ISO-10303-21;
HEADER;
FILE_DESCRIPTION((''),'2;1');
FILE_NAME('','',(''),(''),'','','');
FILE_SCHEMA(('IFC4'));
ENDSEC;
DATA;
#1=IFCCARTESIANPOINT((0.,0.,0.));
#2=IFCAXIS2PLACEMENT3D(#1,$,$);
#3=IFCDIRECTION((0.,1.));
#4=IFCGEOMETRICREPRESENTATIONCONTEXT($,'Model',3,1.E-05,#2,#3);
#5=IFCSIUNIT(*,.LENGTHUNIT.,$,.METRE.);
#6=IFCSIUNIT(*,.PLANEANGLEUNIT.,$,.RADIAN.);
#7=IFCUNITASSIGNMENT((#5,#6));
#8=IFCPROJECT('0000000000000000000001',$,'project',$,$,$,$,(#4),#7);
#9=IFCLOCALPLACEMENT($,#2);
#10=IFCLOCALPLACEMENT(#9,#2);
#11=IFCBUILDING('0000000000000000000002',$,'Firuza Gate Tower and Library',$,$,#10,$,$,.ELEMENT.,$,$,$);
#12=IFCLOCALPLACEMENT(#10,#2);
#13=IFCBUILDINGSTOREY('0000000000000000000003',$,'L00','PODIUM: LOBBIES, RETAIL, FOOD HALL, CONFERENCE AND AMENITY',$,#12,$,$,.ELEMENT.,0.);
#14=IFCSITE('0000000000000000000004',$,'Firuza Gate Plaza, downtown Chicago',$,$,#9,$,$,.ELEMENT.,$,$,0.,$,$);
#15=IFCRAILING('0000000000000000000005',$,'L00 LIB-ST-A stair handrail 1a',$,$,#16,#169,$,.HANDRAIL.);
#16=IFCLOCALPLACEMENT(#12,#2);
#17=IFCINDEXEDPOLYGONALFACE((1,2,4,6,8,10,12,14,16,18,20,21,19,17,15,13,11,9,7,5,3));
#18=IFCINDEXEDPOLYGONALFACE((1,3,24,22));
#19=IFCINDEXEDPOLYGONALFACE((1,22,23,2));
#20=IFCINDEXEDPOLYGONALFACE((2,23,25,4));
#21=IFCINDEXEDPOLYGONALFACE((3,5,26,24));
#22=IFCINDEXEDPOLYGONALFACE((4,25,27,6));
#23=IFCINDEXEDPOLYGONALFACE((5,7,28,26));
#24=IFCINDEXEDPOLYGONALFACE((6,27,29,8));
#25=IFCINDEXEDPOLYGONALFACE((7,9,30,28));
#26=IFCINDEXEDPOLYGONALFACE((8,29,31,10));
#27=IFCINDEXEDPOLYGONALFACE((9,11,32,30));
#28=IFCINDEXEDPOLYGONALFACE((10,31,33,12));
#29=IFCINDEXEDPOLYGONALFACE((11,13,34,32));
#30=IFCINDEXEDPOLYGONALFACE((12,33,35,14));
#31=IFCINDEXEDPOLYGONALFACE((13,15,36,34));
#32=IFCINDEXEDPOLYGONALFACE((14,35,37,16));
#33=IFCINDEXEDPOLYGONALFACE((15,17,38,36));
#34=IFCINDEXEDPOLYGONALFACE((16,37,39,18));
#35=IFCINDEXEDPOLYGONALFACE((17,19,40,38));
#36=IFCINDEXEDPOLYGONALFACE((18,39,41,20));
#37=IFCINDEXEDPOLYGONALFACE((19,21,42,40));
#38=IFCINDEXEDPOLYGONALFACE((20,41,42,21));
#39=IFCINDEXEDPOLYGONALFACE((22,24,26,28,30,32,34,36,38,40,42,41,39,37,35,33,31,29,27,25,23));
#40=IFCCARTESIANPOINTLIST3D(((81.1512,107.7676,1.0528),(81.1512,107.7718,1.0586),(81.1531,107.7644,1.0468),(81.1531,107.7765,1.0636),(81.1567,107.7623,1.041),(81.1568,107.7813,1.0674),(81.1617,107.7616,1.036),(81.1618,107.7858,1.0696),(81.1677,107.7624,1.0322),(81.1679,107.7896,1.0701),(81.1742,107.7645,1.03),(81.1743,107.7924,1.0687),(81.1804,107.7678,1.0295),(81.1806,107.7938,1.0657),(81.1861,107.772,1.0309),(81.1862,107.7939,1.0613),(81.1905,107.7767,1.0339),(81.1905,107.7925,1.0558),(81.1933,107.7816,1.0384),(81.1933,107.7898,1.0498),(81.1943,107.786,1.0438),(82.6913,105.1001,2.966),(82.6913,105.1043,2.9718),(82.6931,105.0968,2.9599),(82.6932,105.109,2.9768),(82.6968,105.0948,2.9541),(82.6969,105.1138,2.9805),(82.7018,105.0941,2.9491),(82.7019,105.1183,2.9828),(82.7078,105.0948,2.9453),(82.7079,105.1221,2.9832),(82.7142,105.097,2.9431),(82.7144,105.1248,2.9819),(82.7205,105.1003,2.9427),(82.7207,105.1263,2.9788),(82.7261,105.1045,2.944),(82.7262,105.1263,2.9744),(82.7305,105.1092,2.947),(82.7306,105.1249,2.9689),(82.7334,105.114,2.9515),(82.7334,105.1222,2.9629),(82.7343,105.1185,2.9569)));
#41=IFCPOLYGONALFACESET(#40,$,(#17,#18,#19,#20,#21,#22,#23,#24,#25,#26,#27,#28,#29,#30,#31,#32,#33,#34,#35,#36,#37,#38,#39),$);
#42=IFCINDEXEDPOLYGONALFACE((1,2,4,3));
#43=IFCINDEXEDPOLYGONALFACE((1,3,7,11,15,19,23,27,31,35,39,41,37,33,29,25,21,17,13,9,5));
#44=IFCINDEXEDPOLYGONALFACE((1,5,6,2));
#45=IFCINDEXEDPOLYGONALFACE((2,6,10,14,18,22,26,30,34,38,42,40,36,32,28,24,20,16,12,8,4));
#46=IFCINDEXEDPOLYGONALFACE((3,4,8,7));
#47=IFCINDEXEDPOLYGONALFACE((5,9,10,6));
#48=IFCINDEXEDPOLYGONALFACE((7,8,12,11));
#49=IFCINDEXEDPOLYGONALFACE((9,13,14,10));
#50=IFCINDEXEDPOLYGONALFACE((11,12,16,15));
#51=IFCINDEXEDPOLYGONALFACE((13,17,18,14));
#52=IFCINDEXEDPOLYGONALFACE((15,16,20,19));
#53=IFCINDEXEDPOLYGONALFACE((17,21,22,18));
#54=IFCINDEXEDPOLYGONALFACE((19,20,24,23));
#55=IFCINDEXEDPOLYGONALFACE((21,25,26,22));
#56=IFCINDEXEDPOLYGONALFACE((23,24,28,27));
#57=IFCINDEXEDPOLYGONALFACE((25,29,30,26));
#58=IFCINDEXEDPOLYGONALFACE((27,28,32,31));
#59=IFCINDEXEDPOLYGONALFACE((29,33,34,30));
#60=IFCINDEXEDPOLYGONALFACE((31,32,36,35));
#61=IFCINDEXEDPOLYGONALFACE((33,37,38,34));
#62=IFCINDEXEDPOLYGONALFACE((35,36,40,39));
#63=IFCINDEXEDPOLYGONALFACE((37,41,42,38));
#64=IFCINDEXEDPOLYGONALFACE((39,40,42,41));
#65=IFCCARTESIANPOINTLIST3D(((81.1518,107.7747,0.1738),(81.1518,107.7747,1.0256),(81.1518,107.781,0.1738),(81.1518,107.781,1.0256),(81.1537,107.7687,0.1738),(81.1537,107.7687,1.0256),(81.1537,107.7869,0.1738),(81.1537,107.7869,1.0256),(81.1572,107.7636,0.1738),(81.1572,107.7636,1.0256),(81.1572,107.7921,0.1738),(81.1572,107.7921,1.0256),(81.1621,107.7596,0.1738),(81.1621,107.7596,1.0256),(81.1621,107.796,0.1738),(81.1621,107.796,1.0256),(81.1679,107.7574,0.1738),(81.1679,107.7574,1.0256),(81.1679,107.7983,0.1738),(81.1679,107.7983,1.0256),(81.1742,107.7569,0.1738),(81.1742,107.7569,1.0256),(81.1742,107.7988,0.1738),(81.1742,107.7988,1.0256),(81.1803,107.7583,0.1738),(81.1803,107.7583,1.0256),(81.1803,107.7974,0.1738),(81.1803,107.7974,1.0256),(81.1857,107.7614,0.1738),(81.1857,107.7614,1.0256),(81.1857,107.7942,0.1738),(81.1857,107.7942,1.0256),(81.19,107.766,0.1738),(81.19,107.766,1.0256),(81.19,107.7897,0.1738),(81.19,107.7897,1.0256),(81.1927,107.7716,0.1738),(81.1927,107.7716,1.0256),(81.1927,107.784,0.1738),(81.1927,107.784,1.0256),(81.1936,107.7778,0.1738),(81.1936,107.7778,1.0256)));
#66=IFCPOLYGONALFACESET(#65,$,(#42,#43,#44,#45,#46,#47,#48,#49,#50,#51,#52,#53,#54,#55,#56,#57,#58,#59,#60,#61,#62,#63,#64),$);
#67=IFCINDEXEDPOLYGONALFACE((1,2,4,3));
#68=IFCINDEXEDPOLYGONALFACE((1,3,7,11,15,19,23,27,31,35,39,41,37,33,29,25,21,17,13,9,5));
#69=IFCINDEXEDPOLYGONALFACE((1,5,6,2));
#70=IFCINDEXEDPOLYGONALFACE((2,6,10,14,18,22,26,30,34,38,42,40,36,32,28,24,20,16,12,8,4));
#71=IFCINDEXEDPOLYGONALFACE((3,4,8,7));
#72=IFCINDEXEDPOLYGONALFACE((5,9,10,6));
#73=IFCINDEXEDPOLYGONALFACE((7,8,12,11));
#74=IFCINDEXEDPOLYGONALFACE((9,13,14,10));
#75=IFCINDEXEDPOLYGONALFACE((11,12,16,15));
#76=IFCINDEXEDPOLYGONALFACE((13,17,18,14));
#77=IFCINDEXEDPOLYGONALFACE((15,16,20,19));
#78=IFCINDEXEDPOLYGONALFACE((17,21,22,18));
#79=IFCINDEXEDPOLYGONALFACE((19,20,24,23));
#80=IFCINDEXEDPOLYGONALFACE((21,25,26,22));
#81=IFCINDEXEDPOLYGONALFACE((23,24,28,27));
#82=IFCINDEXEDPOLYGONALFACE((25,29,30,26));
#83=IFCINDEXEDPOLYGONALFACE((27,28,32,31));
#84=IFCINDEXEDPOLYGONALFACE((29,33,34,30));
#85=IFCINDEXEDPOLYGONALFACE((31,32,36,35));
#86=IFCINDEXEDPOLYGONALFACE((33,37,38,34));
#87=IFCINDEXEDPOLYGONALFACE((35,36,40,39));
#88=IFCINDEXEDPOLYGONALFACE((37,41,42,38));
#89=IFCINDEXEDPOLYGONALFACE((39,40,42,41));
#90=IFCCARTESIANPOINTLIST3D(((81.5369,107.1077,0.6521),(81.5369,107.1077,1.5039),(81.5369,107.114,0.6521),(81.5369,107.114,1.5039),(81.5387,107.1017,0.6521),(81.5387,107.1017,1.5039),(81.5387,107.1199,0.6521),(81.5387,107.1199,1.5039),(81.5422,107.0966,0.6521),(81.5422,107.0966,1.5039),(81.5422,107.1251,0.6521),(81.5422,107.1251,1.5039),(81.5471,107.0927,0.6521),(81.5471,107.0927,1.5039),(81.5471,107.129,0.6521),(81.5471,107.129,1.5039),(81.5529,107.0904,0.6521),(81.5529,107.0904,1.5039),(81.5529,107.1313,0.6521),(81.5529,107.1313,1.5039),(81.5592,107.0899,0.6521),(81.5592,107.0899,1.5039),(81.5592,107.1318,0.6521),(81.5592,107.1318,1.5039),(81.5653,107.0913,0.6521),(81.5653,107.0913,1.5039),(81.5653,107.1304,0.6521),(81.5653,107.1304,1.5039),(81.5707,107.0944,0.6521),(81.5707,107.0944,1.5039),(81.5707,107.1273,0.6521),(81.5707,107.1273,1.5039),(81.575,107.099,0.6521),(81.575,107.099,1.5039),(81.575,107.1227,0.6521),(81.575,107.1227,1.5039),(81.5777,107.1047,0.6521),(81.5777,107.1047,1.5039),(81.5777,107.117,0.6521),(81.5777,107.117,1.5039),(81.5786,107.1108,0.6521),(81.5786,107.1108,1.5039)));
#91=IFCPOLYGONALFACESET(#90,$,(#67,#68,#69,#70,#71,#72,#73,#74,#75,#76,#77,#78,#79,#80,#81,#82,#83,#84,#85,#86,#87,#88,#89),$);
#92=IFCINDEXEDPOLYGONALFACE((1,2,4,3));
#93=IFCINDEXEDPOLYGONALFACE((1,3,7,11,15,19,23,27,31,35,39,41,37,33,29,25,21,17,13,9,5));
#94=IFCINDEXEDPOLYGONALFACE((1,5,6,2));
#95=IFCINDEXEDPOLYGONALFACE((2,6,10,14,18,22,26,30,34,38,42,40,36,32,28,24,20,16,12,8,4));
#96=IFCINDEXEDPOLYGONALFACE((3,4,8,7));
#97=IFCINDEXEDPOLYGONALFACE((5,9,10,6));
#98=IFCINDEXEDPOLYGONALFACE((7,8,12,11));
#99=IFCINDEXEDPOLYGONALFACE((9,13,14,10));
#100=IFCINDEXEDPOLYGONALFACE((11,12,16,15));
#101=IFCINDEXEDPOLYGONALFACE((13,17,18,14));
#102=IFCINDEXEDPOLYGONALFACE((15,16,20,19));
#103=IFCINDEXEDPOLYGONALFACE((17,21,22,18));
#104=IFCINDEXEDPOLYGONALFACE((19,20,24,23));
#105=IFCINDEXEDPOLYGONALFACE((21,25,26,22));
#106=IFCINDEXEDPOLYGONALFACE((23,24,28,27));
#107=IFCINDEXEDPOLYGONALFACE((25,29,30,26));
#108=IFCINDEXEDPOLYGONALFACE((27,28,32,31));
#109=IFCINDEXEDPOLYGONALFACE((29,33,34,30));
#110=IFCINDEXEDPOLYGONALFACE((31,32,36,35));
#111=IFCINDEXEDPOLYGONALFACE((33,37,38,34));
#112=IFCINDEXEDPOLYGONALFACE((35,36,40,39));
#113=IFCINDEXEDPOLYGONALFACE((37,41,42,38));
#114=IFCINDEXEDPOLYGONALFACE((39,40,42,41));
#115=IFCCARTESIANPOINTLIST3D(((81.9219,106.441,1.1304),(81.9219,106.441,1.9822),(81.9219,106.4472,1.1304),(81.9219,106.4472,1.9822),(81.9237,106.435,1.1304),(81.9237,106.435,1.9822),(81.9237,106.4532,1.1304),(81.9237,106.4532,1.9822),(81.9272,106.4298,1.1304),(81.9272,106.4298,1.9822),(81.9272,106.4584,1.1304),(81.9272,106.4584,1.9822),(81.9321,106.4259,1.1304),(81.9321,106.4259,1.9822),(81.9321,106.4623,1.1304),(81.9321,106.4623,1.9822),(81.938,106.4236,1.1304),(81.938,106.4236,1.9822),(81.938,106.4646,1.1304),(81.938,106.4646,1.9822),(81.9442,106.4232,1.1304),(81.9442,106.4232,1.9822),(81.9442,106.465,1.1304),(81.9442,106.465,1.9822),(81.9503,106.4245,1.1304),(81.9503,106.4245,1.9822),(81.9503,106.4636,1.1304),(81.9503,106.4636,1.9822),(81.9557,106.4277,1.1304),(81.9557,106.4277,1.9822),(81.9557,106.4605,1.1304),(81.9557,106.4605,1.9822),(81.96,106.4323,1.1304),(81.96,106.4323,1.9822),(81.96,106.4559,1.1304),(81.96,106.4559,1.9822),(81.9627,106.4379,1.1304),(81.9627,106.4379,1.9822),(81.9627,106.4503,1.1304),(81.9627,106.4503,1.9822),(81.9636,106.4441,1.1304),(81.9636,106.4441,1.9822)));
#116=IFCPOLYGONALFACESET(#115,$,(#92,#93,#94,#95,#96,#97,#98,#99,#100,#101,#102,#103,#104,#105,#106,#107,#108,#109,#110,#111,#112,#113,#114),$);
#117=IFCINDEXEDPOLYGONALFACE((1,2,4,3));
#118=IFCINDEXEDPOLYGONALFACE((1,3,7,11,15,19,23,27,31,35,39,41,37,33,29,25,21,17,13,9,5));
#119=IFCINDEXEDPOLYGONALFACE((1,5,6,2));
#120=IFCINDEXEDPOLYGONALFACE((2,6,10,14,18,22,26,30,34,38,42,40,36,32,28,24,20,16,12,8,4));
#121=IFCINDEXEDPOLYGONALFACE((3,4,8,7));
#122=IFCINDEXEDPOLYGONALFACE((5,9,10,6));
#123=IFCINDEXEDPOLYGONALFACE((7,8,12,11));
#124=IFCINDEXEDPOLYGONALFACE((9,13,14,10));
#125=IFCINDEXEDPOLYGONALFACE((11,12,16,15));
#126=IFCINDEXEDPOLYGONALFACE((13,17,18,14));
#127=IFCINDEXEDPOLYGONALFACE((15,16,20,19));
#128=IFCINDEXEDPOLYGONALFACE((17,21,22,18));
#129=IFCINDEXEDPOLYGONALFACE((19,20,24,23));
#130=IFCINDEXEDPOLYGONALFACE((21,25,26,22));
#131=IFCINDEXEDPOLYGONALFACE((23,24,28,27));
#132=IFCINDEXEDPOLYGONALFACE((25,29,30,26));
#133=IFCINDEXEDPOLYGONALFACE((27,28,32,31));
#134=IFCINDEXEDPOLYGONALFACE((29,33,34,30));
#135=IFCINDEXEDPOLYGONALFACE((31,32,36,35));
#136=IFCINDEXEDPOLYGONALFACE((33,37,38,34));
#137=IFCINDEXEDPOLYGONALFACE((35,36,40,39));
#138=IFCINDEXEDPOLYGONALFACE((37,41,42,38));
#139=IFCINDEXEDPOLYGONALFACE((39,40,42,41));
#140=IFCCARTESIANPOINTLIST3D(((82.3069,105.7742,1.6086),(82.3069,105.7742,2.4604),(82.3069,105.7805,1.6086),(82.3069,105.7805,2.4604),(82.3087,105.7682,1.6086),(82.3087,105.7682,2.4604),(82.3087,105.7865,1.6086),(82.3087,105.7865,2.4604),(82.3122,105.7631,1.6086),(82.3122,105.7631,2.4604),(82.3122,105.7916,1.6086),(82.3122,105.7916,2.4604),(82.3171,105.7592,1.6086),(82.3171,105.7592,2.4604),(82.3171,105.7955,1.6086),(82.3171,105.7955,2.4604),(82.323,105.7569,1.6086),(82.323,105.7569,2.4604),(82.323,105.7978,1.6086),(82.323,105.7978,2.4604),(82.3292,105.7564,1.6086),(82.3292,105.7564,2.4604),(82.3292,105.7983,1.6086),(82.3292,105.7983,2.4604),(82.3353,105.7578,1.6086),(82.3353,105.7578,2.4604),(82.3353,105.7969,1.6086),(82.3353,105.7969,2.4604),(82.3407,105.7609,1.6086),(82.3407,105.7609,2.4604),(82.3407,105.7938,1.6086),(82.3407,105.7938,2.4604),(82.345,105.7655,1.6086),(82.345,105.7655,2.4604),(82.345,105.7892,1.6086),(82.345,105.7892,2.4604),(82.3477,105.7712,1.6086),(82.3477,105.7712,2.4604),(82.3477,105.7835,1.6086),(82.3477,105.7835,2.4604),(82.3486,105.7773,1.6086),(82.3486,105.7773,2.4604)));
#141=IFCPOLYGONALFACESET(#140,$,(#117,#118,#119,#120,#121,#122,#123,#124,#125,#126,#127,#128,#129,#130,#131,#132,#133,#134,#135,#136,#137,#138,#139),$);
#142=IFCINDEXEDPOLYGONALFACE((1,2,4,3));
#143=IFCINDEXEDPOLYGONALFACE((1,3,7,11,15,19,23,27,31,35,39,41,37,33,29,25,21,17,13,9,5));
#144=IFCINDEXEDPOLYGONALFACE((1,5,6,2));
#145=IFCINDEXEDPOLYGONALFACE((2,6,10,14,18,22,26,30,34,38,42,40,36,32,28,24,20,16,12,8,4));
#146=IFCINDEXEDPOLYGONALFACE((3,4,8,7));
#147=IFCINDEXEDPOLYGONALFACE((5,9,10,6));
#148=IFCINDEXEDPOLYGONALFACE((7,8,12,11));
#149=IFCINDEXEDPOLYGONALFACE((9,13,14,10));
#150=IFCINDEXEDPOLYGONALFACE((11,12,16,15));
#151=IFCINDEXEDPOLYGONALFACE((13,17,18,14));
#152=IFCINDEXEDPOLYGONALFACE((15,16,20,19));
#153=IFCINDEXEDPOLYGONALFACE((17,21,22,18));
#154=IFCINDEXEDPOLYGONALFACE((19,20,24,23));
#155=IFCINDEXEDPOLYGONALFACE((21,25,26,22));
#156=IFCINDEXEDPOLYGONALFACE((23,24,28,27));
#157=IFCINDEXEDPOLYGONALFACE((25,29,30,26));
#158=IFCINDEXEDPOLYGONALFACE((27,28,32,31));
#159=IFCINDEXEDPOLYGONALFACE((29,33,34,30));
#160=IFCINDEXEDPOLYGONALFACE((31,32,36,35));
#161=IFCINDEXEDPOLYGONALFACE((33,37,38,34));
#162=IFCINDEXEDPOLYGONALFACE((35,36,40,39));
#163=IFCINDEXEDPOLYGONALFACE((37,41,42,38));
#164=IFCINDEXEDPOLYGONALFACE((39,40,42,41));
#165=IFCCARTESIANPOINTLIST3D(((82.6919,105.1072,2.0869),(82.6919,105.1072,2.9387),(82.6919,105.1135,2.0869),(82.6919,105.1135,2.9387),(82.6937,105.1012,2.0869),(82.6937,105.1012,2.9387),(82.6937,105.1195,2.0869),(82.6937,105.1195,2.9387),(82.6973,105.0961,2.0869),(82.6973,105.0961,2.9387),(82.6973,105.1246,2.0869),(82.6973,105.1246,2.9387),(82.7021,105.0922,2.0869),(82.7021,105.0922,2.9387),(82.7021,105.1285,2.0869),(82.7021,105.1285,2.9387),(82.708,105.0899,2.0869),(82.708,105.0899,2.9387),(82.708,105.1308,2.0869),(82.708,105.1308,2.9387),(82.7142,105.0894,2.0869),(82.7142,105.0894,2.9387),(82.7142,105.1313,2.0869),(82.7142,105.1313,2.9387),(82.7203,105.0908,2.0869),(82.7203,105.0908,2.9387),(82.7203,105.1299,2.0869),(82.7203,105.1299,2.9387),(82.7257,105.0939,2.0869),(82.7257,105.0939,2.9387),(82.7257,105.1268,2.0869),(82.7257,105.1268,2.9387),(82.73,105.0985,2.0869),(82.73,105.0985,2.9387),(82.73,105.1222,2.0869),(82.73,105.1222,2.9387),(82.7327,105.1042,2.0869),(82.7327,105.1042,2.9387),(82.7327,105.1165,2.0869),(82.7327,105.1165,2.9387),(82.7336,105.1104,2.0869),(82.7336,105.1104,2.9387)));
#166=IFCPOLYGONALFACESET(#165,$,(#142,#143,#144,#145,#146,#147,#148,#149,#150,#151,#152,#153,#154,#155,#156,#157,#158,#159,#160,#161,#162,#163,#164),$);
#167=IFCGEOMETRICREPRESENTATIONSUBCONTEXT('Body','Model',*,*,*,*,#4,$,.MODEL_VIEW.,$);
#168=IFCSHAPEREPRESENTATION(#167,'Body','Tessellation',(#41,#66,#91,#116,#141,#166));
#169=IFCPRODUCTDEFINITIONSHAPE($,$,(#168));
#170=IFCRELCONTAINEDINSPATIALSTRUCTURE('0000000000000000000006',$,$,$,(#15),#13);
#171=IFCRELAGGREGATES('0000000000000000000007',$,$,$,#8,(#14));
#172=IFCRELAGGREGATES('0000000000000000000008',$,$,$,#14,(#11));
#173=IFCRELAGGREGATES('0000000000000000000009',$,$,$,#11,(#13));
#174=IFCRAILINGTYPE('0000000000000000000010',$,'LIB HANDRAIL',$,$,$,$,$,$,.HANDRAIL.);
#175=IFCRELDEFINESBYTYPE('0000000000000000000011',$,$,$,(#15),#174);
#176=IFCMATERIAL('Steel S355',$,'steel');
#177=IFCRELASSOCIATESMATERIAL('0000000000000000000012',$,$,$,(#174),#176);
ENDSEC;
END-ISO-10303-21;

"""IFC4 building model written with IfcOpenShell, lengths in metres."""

from ifc_helpers import new_model, si_unit, direction, frame, origin, origin_2d, place, context, subcontext, project, spatial, circle, extrude, material, type_object, element, save


model = new_model("IFC4")

# Units and contexts
model_context = context("Model", 3, precision=1e-05, world=origin(), true_north=direction((0.0, 1.0)))
body_context = subcontext(model_context, "Body", "Model", "MODEL_VIEW")
ifc_project = project(units=[si_unit("LENGTHUNIT", "METRE"), si_unit("PLANEANGLEUNIT", "RADIAN")], contexts=[model_context])

# Site, building, storey
site_placement = place(None, origin())
site = spatial("IfcSite", under=ifc_project, at=site_placement, Name="Firuza Gate Plaza, downtown Chicago", CompositionType="ELEMENT", RefElevation=0.0)
building_placement = place(site_placement, origin())
building = spatial("IfcBuilding", under=site, at=building_placement, Name="Firuza Gate Tower and Library", CompositionType="ELEMENT")
storey_placement = place(building_placement, origin())
storey = spatial("IfcBuildingStorey", under=building, at=storey_placement, Name="L00", Description="PODIUM: LOBBIES, RETAIL, FOOD HALL, CONFERENCE AND AMENITY", CompositionType="ELEMENT", Elevation=0.0)

# Railing
ifc_material_1 = material(Name="Steel S355", Category="steel")
railing_type_1 = type_object("IfcRailingType", Name="LIB HANDRAIL", PredefinedType="HANDRAIL", material=ifc_material_1)
railing_1_placement = place(storey_placement, frame((81.1726, 107.7778, 0.1738)))
element("IfcRailing", 1, at=railing_1_placement, inside=storey, type_object=railing_type_1, Name="L00 LIB-ST-A stair handrail 1a", PredefinedType="HANDRAIL", context=body_context, shape_type="SweptSolid", body=[
    extrude(circle(Radius=0.0239, at=origin_2d()), frame((0.0, 0.0, 0.876), z_axis=(0.424734, -0.735676, 0.527618), x_axis=(0.86603, 0.499992, 0.0)), (0.0, 0.0, 1.0), 3.626),
    extrude(circle(Radius=0.021, at=origin_2d()), origin(), (0.0, 0.0, 1.0), 0.8518),
    extrude(circle(Radius=0.021, at=origin_2d()), frame((0.385, -0.667, 0.4783)), (0.0, 0.0, 1.0), 0.8518),
    extrude(circle(Radius=0.021, at=origin_2d()), frame((0.77, -1.3337, 0.9565)), (0.0, 0.0, 1.0), 0.8518),
    extrude(circle(Radius=0.021, at=origin_2d()), frame((1.155, -2.0005, 1.4348)), (0.0, 0.0, 1.0), 0.8518),
    extrude(circle(Radius=0.021, at=origin_2d()), frame((1.54, -2.6675, 1.9131)), (0.0, 0.0, 1.0), 0.8518),
])

save(model, "model.ifc")
